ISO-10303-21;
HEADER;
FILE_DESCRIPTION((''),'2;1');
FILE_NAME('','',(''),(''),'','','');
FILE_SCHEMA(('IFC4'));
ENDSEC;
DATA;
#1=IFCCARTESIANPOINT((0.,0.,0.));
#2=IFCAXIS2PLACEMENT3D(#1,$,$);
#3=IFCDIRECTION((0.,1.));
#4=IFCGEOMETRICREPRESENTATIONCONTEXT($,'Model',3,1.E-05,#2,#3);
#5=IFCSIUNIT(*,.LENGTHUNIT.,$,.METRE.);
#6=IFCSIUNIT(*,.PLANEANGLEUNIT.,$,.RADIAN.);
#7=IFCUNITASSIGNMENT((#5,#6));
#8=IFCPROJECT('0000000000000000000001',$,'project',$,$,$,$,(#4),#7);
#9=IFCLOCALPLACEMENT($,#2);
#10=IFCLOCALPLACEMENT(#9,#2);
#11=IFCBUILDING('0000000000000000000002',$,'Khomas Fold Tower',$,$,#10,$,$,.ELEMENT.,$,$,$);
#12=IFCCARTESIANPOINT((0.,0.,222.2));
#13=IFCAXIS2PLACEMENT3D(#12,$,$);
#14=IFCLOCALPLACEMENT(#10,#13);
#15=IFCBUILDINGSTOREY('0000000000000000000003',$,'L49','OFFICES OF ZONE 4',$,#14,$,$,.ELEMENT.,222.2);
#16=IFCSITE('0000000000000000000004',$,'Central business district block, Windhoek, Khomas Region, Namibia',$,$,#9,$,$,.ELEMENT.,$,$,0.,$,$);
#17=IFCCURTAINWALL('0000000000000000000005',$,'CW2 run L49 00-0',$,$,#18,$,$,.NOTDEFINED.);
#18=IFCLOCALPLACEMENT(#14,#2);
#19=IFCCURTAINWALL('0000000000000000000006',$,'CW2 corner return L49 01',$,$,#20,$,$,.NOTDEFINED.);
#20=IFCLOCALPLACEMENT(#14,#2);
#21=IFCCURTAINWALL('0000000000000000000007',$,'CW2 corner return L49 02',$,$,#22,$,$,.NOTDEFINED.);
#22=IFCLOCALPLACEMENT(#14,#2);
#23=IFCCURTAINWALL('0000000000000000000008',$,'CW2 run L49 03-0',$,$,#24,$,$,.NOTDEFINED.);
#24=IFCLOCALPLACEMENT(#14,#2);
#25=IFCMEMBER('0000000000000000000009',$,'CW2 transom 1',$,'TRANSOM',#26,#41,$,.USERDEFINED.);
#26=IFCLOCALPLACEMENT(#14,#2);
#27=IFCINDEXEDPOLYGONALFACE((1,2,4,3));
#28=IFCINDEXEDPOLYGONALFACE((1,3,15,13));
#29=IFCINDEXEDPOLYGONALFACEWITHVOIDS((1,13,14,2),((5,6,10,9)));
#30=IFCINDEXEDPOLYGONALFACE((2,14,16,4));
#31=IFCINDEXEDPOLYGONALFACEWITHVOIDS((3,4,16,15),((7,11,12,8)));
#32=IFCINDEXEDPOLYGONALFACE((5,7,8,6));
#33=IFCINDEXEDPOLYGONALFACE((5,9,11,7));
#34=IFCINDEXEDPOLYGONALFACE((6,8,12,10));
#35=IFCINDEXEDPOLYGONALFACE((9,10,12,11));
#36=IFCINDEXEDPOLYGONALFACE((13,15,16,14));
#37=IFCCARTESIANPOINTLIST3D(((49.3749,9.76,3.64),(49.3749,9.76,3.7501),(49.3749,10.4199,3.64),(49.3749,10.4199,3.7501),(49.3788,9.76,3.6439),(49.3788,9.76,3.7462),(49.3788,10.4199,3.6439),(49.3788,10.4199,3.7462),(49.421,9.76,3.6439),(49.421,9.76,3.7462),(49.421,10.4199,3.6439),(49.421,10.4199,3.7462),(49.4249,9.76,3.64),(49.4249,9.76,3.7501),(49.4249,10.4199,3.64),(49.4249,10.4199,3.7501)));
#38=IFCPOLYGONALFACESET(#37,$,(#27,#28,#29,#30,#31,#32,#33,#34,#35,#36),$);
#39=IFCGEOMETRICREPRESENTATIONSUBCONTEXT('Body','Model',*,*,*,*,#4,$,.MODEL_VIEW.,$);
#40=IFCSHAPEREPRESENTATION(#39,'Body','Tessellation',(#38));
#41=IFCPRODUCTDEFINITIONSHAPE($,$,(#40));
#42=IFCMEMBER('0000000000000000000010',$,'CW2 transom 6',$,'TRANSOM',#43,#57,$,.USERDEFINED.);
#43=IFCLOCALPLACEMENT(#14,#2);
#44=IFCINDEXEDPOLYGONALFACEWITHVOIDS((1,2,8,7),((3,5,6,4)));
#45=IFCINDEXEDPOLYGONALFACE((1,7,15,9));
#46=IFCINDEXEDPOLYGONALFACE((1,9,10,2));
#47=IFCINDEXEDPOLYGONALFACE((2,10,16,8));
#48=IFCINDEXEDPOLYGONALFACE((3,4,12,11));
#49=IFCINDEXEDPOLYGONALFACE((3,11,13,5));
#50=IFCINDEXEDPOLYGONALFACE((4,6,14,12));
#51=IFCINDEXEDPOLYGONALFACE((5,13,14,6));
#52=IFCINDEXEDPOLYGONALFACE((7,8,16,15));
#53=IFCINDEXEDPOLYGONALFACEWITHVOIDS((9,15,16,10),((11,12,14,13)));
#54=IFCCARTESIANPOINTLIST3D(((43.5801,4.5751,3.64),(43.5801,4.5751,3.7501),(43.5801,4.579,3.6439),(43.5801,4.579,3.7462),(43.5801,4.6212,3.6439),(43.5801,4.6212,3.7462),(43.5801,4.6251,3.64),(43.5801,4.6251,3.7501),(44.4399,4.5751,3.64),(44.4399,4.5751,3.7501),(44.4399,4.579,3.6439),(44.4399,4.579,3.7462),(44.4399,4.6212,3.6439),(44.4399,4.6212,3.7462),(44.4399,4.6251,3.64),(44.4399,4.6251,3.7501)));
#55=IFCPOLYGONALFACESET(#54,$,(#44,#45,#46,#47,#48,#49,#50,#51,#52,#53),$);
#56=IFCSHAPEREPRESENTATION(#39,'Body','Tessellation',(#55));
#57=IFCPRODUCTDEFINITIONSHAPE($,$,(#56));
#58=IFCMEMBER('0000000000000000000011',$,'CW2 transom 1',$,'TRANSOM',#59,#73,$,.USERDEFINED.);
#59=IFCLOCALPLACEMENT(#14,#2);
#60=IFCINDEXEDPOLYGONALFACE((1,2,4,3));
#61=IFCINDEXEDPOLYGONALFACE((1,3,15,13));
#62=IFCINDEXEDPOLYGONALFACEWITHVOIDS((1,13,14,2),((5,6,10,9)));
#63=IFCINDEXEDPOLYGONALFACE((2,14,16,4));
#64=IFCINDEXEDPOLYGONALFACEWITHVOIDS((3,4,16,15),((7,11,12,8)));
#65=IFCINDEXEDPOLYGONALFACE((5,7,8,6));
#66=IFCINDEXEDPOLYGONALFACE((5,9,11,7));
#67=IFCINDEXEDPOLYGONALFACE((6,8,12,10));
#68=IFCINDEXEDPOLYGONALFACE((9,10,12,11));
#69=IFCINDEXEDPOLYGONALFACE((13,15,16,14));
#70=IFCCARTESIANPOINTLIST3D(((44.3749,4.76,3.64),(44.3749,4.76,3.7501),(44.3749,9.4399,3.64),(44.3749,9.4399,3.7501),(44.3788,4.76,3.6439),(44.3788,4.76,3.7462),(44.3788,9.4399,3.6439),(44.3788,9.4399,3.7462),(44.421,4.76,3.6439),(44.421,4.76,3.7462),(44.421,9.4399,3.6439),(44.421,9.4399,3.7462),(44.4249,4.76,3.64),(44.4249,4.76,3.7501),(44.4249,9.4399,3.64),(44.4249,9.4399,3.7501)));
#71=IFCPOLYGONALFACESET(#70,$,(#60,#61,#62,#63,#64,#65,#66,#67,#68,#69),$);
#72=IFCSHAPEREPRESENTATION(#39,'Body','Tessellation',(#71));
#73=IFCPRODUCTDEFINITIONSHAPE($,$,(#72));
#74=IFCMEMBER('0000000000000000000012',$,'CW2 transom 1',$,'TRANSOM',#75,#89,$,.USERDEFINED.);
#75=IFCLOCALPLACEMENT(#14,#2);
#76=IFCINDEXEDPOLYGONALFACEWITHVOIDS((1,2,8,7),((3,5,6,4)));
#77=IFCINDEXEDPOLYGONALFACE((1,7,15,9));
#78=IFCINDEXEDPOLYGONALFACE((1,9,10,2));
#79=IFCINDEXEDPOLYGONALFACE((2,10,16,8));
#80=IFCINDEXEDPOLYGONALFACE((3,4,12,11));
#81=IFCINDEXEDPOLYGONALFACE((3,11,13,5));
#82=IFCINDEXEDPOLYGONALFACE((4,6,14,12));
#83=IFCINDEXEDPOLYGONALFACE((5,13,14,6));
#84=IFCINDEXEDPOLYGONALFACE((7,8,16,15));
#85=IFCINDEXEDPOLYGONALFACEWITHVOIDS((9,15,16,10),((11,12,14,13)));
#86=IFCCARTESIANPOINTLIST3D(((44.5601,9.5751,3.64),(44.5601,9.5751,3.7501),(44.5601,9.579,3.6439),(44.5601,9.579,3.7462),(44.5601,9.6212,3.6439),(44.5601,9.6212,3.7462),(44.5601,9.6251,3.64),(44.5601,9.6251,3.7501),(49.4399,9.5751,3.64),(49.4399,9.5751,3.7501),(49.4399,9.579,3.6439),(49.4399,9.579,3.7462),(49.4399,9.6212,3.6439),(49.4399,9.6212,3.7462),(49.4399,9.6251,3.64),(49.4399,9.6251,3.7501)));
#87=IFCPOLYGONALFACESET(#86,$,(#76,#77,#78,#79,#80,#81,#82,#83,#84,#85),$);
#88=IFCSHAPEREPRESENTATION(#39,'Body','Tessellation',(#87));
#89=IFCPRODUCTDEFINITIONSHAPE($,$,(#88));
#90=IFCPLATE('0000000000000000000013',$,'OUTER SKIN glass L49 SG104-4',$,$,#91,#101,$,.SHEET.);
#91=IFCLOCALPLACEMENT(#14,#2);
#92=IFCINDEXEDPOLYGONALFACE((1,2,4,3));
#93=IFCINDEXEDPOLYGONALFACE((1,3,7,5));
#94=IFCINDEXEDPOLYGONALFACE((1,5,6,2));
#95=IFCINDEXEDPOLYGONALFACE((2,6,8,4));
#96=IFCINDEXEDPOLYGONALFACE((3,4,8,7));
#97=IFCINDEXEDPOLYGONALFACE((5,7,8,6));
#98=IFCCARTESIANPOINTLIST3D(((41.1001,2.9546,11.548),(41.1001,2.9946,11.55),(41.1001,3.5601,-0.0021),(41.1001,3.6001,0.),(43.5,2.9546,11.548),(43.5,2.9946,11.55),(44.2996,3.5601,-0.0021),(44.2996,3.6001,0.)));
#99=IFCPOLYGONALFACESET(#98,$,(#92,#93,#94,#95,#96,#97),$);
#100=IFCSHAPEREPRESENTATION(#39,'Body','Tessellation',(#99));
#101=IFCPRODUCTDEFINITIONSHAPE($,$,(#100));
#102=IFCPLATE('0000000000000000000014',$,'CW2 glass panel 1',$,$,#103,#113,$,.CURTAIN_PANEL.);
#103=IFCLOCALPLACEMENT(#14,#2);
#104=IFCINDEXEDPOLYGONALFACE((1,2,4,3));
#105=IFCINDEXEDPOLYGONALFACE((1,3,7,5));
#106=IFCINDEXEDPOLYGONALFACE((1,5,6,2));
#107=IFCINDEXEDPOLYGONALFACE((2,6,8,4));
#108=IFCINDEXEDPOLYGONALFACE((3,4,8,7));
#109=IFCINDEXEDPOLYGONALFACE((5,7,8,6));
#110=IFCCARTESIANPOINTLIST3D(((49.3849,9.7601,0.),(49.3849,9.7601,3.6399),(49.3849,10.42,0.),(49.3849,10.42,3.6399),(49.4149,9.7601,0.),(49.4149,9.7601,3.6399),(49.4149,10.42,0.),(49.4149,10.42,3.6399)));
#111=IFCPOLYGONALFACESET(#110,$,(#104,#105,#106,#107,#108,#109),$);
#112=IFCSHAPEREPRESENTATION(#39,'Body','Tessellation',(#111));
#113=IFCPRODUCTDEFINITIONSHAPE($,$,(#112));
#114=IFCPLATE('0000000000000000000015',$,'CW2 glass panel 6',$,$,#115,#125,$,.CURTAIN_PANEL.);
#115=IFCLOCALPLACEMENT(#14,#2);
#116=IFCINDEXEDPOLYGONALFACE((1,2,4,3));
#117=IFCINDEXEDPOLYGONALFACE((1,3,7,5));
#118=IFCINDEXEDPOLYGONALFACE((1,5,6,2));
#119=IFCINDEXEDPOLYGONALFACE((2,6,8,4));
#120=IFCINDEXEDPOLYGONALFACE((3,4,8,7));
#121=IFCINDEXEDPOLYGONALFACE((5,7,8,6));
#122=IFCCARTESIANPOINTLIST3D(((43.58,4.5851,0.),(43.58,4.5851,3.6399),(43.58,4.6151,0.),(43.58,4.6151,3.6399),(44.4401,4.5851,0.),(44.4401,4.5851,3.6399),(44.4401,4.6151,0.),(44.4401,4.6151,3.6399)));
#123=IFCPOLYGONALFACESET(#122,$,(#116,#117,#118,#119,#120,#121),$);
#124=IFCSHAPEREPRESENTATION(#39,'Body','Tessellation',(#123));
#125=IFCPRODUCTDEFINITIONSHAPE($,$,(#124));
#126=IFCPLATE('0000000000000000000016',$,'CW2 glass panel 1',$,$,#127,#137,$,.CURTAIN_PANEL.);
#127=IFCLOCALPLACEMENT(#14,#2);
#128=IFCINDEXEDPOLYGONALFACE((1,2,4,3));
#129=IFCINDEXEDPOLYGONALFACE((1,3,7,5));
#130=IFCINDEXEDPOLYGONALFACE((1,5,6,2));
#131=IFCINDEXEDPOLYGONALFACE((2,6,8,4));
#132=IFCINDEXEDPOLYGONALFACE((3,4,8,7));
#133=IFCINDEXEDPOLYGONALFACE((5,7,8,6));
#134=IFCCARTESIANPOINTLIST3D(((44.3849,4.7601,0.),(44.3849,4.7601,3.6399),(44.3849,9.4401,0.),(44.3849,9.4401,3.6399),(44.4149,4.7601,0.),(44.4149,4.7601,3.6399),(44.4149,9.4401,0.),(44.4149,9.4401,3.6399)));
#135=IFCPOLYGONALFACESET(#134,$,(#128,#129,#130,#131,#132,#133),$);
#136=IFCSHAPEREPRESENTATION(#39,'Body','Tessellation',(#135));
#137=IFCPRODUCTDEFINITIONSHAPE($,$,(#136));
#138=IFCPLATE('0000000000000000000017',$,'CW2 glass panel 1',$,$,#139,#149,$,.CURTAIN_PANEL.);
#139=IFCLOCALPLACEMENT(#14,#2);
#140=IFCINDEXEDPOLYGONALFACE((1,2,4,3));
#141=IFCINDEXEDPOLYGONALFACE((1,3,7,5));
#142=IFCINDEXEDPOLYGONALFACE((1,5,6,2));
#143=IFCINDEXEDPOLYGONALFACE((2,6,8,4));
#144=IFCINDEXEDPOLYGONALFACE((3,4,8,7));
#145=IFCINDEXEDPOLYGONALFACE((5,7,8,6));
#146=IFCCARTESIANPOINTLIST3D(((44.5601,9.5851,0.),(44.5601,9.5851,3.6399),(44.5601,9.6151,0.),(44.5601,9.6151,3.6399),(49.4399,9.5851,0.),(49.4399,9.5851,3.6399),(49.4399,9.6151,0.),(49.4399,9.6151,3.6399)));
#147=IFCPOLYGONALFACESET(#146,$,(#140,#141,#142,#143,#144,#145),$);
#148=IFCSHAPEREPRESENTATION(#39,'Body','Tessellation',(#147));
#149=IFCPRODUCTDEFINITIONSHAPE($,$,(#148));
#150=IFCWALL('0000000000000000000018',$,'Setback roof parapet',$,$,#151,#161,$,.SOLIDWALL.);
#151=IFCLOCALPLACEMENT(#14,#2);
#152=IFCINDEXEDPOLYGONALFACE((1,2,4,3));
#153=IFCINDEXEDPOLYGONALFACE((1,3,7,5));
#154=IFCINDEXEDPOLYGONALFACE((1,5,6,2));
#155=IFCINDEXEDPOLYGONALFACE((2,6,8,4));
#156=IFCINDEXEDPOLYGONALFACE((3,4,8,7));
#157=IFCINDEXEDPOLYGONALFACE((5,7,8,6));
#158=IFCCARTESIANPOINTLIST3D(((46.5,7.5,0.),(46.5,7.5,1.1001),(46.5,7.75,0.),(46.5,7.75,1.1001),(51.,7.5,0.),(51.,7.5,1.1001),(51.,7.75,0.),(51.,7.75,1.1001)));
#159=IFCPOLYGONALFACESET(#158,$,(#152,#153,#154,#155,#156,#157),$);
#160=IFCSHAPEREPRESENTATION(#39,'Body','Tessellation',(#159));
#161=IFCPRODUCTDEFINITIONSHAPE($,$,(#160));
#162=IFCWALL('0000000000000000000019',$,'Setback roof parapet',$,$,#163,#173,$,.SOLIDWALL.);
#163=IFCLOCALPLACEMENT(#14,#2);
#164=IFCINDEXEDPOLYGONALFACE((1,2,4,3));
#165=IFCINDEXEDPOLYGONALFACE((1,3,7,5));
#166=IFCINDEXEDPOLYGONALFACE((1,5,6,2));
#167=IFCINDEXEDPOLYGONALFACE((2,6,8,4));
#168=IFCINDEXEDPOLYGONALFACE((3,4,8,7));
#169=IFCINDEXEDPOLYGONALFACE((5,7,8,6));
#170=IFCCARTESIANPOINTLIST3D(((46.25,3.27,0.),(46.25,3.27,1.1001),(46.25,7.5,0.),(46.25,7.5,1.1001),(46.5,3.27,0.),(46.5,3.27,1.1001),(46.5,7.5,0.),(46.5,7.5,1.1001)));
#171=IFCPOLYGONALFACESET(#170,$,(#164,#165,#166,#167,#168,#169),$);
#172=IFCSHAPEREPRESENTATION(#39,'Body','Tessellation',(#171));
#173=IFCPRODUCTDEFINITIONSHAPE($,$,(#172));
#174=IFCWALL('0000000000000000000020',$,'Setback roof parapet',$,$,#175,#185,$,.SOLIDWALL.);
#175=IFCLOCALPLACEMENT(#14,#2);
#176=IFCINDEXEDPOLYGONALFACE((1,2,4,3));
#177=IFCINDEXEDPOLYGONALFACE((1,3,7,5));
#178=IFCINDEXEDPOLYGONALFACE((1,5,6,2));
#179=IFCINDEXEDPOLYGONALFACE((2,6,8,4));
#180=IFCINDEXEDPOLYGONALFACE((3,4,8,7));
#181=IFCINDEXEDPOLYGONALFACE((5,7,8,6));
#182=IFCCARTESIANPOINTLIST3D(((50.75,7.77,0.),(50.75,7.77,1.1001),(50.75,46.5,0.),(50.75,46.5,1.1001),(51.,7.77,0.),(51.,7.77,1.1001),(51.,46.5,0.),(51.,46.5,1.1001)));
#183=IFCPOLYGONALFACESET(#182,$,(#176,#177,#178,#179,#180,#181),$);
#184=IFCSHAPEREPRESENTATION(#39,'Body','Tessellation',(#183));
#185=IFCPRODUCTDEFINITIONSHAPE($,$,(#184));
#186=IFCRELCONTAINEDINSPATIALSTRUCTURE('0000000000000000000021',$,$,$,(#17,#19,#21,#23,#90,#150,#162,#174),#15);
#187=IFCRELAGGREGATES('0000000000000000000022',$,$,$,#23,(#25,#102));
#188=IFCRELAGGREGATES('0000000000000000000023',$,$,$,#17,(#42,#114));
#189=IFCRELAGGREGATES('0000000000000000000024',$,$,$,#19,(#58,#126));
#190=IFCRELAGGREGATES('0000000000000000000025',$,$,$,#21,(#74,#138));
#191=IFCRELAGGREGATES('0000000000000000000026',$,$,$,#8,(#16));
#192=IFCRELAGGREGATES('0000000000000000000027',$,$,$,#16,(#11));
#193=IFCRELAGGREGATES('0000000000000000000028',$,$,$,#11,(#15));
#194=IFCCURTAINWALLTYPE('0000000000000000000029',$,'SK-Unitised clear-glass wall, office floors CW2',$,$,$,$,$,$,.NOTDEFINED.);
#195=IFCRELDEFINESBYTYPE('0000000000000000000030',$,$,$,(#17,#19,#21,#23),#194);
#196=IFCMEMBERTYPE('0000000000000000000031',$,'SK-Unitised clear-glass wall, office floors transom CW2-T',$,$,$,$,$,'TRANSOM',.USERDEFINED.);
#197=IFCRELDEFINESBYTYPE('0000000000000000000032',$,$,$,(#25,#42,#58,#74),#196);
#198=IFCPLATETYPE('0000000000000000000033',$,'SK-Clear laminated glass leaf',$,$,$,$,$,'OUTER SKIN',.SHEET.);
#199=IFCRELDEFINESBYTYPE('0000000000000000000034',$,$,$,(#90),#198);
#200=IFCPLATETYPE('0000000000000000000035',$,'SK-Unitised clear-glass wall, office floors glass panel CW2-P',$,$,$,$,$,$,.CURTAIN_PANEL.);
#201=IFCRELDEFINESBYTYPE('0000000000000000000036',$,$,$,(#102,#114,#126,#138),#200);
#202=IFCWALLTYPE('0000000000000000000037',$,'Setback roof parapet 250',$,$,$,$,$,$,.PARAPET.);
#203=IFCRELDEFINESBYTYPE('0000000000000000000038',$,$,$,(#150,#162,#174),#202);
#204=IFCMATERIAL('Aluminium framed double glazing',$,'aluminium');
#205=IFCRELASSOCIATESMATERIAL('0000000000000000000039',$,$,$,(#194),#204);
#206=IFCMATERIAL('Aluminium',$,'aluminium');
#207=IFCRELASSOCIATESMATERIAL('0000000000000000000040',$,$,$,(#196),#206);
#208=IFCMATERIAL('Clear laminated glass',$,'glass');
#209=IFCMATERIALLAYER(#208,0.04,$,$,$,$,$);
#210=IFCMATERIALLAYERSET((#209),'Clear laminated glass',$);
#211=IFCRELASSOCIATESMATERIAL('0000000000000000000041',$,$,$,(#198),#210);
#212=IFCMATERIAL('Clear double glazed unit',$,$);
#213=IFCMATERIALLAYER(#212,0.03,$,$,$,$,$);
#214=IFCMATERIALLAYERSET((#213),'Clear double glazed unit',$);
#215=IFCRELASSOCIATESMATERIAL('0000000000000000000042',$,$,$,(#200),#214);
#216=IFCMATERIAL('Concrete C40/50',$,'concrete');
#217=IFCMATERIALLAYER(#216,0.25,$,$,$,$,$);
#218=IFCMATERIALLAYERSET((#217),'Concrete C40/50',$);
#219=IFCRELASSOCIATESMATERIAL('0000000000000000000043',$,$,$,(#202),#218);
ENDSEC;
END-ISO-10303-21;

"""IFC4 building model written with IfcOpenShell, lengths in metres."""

from ifc_helpers import new_model, si_unit, direction, frame, frame_2d, origin, origin_2d, place, context, subcontext, project, spatial, polyline, rectangle, hollow_rectangle, outline, extrude, source, transform, mapped, material, layer, layer_set, material_profile, profile_set, type_object, element, aggregate, save


model = new_model("IFC4")

# Units and contexts
model_context = context("Model", 3, precision=1e-05, world=origin(), true_north=direction((0.0, 1.0)))
body_context = subcontext(model_context, "Body", "Model", "MODEL_VIEW")
ifc_project = project(units=[si_unit("LENGTHUNIT", "METRE"), si_unit("PLANEANGLEUNIT", "RADIAN")], contexts=[model_context])

# Site, building, storey
site_placement = place(None, origin())
site = spatial("IfcSite", under=ifc_project, at=site_placement, Name="Central business district block, Windhoek, Khomas Region, Namibia", CompositionType="ELEMENT", RefElevation=0.0)
building_placement = place(site_placement, origin())
building = spatial("IfcBuilding", under=site, at=building_placement, Name="Khomas Fold Tower", CompositionType="ELEMENT")
storey_placement = place(building_placement, frame((0.0, 0.0, 222.2)))
storey = spatial("IfcBuildingStorey", under=building, at=storey_placement, Name="L49", Description="OFFICES OF ZONE 4", CompositionType="ELEMENT", Elevation=222.2)

# Curtain walls, member
ifc_material_1 = material(Name="Aluminium framed double glazing", Category="aluminium")
curtain_wall_type = type_object("IfcCurtainWallType", Name="SK-Unitised clear-glass wall, office floors CW2", PredefinedType="NOTDEFINED", material=ifc_material_1)
curtain_wall_1_placement = place(storey_placement, origin())
curtain_wall_1 = element("IfcCurtainWall", 1, at=curtain_wall_1_placement, inside=storey, type_object=curtain_wall_type, Name="CW2 run L49 00-0", PredefinedType="NOTDEFINED")
curtain_wall_2_placement = place(storey_placement, origin())
curtain_wall_2 = element("IfcCurtainWall", 2, at=curtain_wall_2_placement, inside=storey, type_object=curtain_wall_type, Name="CW2 corner return L49 01", PredefinedType="NOTDEFINED")
curtain_wall_3_placement = place(storey_placement, origin())
curtain_wall_3 = element("IfcCurtainWall", 3, at=curtain_wall_3_placement, inside=storey, type_object=curtain_wall_type, Name="CW2 corner return L49 02", PredefinedType="NOTDEFINED")
curtain_wall_4_placement = place(storey_placement, origin())
curtain_wall_4 = element("IfcCurtainWall", 4, at=curtain_wall_4_placement, inside=storey, type_object=curtain_wall_type, Name="CW2 run L49 03-0", PredefinedType="NOTDEFINED")
ifc_material_2 = material(Name="Aluminium", Category="aluminium")
ifc_material_profile_1 = material_profile(ifc_material_2, hollow_rectangle(XDim=0.05, YDim=0.1101, WallThickness=0.0039, at=origin_2d()), Name="SK-Unitised clear-glass wall, office floors transom CW2-T")
ifc_profile_set_1 = profile_set([ifc_material_profile_1], Name="Aluminium")
member_type_1 = type_object("IfcMemberType", Name="SK-Unitised clear-glass wall, office floors transom CW2-T", ElementType="TRANSOM", PredefinedType="USERDEFINED", material=ifc_profile_set_1)
shared_shape_1 = source(origin(), body_context, "Body", "SweptSolid", [
    extrude(hollow_rectangle(XDim=0.05, YDim=0.1101, WallThickness=0.0039, at=origin_2d()), origin(), (0.0, 0.0, 1.0), 0.6599),
])
member_1_placement = place(storey_placement, frame((49.3999, 9.76, 3.6951), z_axis=(0.0, 1.0, 0.0), x_axis=(-1.0, 0.0, 0.0)))
member_1 = element("IfcMember", 5, at=member_1_placement, type_object=member_type_1, Name="CW2 transom 1", ObjectType="TRANSOM", PredefinedType="USERDEFINED", context=body_context, shape_type="MappedRepresentation", body=[
    mapped(shared_shape_1, transform((0.0, 0.0, 0.0))),
])

# Members
shared_shape_2 = source(origin(), body_context, "Body", "SweptSolid", [
    extrude(hollow_rectangle(XDim=0.05, YDim=0.1101, WallThickness=0.0039, at=origin_2d()), origin(), (0.0, 0.0, 1.0), 0.8599),
])
member_2_placement = place(storey_placement, frame((43.5801, 4.6001, 3.6951), z_axis=(1.0, 0.0, 0.0), x_axis=(0.0, 1.0, 0.0)))
member_2 = element("IfcMember", 6, at=member_2_placement, type_object=member_type_1, Name="CW2 transom 6", ObjectType="TRANSOM", PredefinedType="USERDEFINED", context=body_context, shape_type="MappedRepresentation", body=[
    mapped(shared_shape_2, transform((0.0, 0.0, 0.0))),
])
shared_shape_3 = source(origin(), body_context, "Body", "SweptSolid", [
    extrude(hollow_rectangle(XDim=0.05, YDim=0.1101, WallThickness=0.0039, at=origin_2d()), origin(), (0.0, 0.0, 1.0), 4.6799),
])
member_3_placement = place(storey_placement, frame((44.3999, 4.76, 3.6951), z_axis=(0.0, 1.0, 0.0), x_axis=(-1.0, 0.0, 0.0)))
member_3 = element("IfcMember", 7, at=member_3_placement, type_object=member_type_1, Name="CW2 transom 1", ObjectType="TRANSOM", PredefinedType="USERDEFINED", context=body_context, shape_type="MappedRepresentation", body=[
    mapped(shared_shape_3, transform((0.0, 0.0, 0.0))),
])
shared_shape_4 = source(origin(), body_context, "Body", "SweptSolid", [
    extrude(hollow_rectangle(XDim=0.05, YDim=0.1101, WallThickness=0.0039, at=origin_2d()), origin(), (0.0, 0.0, 1.0), 4.8799),
])
member_4_placement = place(storey_placement, frame((44.5601, 9.6001, 3.6951), z_axis=(1.0, 0.0, 0.0), x_axis=(0.0, 1.0, 0.0)))
member_4 = element("IfcMember", 8, at=member_4_placement, type_object=member_type_1, Name="CW2 transom 1", ObjectType="TRANSOM", PredefinedType="USERDEFINED", context=body_context, shape_type="MappedRepresentation", body=[
    mapped(shared_shape_4, transform((0.0, 0.0, 0.0))),
])

# Plates
ifc_material_3 = material(Name="Clear laminated glass", Category="glass")
ifc_layer_1 = layer(ifc_material_3, 0.04)
ifc_layer_set_1 = layer_set([ifc_layer_1], Name="Clear laminated glass")
plate_type_1 = type_object("IfcPlateType", Name="SK-Clear laminated glass leaf", ElementType="OUTER SKIN", PredefinedType="SHEET", material=ifc_layer_set_1)
plate_1_placement = place(storey_placement, frame((44.2996, 3.6001, 0.0), z_axis=(0.0, 0.998629, 0.052349), x_axis=(-1.0, 0.0, 0.0)))
element("IfcPlate", 9, at=plate_1_placement, inside=storey, type_object=plate_type_1, Name="OUTER SKIN glass L49 SG104-4", PredefinedType="SHEET", context=body_context, shape_type="SweptSolid", body=[
    extrude(outline(polyline([(0.0, 0.0), (3.1995, 0.0), (3.1995, 11.5659), (0.7996, 11.5659), (0.0, 0.0)])), origin(), (0.0, 0.0, -1.0), 0.04),
])
ifc_material_4 = material(Name="Clear double glazed unit")
ifc_layer_2 = layer(ifc_material_4, 0.03)
ifc_layer_set_2 = layer_set([ifc_layer_2], Name="Clear double glazed unit")
plate_type_2 = type_object("IfcPlateType", Name="SK-Unitised clear-glass wall, office floors glass panel CW2-P", PredefinedType="CURTAIN_PANEL", material=ifc_layer_set_2)
shared_shape_5 = source(origin(), body_context, "Body", "SweptSolid", [
    extrude(rectangle(XDim=0.6599, YDim=0.03, at=origin_2d()), origin(), (0.0, 0.0, 1.0), 3.6399),
])
plate_2_placement = place(storey_placement, frame((49.3999, 10.0901, 0.0), z_axis=(0.0, 0.0, 1.0), x_axis=(0.0, 1.0, 0.0)))
plate_2 = element("IfcPlate", 10, at=plate_2_placement, type_object=plate_type_2, Name="CW2 glass panel 1", PredefinedType="CURTAIN_PANEL", context=body_context, shape_type="MappedRepresentation", body=[
    mapped(shared_shape_5, transform((0.0, 0.0, 0.0))),
])
aggregate(curtain_wall_4, [member_1, plate_2])
shared_shape_6 = source(origin(), body_context, "Body", "SweptSolid", [
    extrude(rectangle(XDim=0.8601, YDim=0.03, at=origin_2d()), origin(), (0.0, 0.0, 1.0), 3.6399),
])
plate_3_placement = place(storey_placement, frame((44.01, 4.6001, 0.0), z_axis=(0.0, 0.0, 1.0), x_axis=(1.0, 0.0, 0.0)))
plate_3 = element("IfcPlate", 11, at=plate_3_placement, type_object=plate_type_2, Name="CW2 glass panel 6", PredefinedType="CURTAIN_PANEL", context=body_context, shape_type="MappedRepresentation", body=[
    mapped(shared_shape_6, transform((0.0, 0.0, 0.0))),
])
aggregate(curtain_wall_1, [member_2, plate_3])
shared_shape_7 = source(origin(), body_context, "Body", "SweptSolid", [
    extrude(rectangle(XDim=4.6799, YDim=0.03, at=origin_2d()), origin(), (0.0, 0.0, 1.0), 3.6399),
])
plate_4_placement = place(storey_placement, frame((44.3999, 7.1001, 0.0), z_axis=(0.0, 0.0, 1.0), x_axis=(0.0, 1.0, 0.0)))
plate_4 = element("IfcPlate", 12, at=plate_4_placement, type_object=plate_type_2, Name="CW2 glass panel 1", PredefinedType="CURTAIN_PANEL", context=body_context, shape_type="MappedRepresentation", body=[
    mapped(shared_shape_7, transform((0.0, 0.0, 0.0))),
])
aggregate(curtain_wall_2, [member_3, plate_4])
shared_shape_8 = source(origin(), body_context, "Body", "SweptSolid", [
    extrude(rectangle(XDim=4.8799, YDim=0.03, at=origin_2d()), origin(), (0.0, 0.0, 1.0), 3.6399),
])
plate_5_placement = place(storey_placement, frame((47.0, 9.6001, 0.0), z_axis=(0.0, 0.0, 1.0), x_axis=(1.0, 0.0, 0.0)))
plate_5 = element("IfcPlate", 13, at=plate_5_placement, type_object=plate_type_2, Name="CW2 glass panel 1", PredefinedType="CURTAIN_PANEL", context=body_context, shape_type="MappedRepresentation", body=[
    mapped(shared_shape_8, transform((0.0, 0.0, 0.0))),
])
aggregate(curtain_wall_3, [member_4, plate_5])

# Walls
ifc_material_5 = material(Name="Concrete C40/50", Category="concrete")
ifc_layer_3 = layer(ifc_material_5, 0.25)
ifc_layer_set_3 = layer_set([ifc_layer_3], Name="Concrete C40/50")
wall_type_1 = type_object("IfcWallType", Name="Setback roof parapet 250", PredefinedType="PARAPET", material=ifc_layer_set_3)
shared_shape_9 = source(origin(), body_context, "Body", "SweptSolid", [
    extrude(rectangle(XDim=4.5, YDim=0.25, at=frame_2d((2.25, 0.0))), origin(), (0.0, 0.0, 1.0), 1.1001),
])
wall_1_placement = place(storey_placement, frame((46.5, 7.625, 0.0), z_axis=(0.0, 0.0, 1.0), x_axis=(1.0, 0.0, 0.0)))
element("IfcWall", 14, at=wall_1_placement, inside=storey, type_object=wall_type_1, Name="Setback roof parapet", PredefinedType="SOLIDWALL", context=body_context, shape_type="MappedRepresentation", body=[
    mapped(shared_shape_9, transform((0.0, 0.0, 0.0))),
])
shared_shape_10 = source(origin(), body_context, "Body", "SweptSolid", [
    extrude(rectangle(XDim=4.23, YDim=0.25, at=frame_2d((2.115, 0.0))), origin(), (0.0, 0.0, 1.0), 1.1001),
])
wall_2_placement = place(storey_placement, frame((46.375, 3.27, 0.0), z_axis=(0.0, 0.0, 1.0), x_axis=(0.0, 1.0, 0.0)))
element("IfcWall", 15, at=wall_2_placement, inside=storey, type_object=wall_type_1, Name="Setback roof parapet", PredefinedType="SOLIDWALL", context=body_context, shape_type="MappedRepresentation", body=[
    mapped(shared_shape_10, transform((0.0, 0.0, 0.0))),
])
shared_shape_11 = source(origin(), body_context, "Body", "SweptSolid", [
    extrude(rectangle(XDim=38.73, YDim=0.25, at=frame_2d((19.365, 0.0))), origin(), (0.0, 0.0, 1.0), 1.1001),
])
wall_3_placement = place(storey_placement, frame((50.875, 7.77, 0.0), z_axis=(0.0, 0.0, 1.0), x_axis=(0.0, 1.0, 0.0)))
element("IfcWall", 16, at=wall_3_placement, inside=storey, type_object=wall_type_1, Name="Setback roof parapet", PredefinedType="SOLIDWALL", context=body_context, shape_type="MappedRepresentation", body=[
    mapped(shared_shape_11, transform((0.0, 0.0, 0.0))),
])

save(model, "model.ifc")
